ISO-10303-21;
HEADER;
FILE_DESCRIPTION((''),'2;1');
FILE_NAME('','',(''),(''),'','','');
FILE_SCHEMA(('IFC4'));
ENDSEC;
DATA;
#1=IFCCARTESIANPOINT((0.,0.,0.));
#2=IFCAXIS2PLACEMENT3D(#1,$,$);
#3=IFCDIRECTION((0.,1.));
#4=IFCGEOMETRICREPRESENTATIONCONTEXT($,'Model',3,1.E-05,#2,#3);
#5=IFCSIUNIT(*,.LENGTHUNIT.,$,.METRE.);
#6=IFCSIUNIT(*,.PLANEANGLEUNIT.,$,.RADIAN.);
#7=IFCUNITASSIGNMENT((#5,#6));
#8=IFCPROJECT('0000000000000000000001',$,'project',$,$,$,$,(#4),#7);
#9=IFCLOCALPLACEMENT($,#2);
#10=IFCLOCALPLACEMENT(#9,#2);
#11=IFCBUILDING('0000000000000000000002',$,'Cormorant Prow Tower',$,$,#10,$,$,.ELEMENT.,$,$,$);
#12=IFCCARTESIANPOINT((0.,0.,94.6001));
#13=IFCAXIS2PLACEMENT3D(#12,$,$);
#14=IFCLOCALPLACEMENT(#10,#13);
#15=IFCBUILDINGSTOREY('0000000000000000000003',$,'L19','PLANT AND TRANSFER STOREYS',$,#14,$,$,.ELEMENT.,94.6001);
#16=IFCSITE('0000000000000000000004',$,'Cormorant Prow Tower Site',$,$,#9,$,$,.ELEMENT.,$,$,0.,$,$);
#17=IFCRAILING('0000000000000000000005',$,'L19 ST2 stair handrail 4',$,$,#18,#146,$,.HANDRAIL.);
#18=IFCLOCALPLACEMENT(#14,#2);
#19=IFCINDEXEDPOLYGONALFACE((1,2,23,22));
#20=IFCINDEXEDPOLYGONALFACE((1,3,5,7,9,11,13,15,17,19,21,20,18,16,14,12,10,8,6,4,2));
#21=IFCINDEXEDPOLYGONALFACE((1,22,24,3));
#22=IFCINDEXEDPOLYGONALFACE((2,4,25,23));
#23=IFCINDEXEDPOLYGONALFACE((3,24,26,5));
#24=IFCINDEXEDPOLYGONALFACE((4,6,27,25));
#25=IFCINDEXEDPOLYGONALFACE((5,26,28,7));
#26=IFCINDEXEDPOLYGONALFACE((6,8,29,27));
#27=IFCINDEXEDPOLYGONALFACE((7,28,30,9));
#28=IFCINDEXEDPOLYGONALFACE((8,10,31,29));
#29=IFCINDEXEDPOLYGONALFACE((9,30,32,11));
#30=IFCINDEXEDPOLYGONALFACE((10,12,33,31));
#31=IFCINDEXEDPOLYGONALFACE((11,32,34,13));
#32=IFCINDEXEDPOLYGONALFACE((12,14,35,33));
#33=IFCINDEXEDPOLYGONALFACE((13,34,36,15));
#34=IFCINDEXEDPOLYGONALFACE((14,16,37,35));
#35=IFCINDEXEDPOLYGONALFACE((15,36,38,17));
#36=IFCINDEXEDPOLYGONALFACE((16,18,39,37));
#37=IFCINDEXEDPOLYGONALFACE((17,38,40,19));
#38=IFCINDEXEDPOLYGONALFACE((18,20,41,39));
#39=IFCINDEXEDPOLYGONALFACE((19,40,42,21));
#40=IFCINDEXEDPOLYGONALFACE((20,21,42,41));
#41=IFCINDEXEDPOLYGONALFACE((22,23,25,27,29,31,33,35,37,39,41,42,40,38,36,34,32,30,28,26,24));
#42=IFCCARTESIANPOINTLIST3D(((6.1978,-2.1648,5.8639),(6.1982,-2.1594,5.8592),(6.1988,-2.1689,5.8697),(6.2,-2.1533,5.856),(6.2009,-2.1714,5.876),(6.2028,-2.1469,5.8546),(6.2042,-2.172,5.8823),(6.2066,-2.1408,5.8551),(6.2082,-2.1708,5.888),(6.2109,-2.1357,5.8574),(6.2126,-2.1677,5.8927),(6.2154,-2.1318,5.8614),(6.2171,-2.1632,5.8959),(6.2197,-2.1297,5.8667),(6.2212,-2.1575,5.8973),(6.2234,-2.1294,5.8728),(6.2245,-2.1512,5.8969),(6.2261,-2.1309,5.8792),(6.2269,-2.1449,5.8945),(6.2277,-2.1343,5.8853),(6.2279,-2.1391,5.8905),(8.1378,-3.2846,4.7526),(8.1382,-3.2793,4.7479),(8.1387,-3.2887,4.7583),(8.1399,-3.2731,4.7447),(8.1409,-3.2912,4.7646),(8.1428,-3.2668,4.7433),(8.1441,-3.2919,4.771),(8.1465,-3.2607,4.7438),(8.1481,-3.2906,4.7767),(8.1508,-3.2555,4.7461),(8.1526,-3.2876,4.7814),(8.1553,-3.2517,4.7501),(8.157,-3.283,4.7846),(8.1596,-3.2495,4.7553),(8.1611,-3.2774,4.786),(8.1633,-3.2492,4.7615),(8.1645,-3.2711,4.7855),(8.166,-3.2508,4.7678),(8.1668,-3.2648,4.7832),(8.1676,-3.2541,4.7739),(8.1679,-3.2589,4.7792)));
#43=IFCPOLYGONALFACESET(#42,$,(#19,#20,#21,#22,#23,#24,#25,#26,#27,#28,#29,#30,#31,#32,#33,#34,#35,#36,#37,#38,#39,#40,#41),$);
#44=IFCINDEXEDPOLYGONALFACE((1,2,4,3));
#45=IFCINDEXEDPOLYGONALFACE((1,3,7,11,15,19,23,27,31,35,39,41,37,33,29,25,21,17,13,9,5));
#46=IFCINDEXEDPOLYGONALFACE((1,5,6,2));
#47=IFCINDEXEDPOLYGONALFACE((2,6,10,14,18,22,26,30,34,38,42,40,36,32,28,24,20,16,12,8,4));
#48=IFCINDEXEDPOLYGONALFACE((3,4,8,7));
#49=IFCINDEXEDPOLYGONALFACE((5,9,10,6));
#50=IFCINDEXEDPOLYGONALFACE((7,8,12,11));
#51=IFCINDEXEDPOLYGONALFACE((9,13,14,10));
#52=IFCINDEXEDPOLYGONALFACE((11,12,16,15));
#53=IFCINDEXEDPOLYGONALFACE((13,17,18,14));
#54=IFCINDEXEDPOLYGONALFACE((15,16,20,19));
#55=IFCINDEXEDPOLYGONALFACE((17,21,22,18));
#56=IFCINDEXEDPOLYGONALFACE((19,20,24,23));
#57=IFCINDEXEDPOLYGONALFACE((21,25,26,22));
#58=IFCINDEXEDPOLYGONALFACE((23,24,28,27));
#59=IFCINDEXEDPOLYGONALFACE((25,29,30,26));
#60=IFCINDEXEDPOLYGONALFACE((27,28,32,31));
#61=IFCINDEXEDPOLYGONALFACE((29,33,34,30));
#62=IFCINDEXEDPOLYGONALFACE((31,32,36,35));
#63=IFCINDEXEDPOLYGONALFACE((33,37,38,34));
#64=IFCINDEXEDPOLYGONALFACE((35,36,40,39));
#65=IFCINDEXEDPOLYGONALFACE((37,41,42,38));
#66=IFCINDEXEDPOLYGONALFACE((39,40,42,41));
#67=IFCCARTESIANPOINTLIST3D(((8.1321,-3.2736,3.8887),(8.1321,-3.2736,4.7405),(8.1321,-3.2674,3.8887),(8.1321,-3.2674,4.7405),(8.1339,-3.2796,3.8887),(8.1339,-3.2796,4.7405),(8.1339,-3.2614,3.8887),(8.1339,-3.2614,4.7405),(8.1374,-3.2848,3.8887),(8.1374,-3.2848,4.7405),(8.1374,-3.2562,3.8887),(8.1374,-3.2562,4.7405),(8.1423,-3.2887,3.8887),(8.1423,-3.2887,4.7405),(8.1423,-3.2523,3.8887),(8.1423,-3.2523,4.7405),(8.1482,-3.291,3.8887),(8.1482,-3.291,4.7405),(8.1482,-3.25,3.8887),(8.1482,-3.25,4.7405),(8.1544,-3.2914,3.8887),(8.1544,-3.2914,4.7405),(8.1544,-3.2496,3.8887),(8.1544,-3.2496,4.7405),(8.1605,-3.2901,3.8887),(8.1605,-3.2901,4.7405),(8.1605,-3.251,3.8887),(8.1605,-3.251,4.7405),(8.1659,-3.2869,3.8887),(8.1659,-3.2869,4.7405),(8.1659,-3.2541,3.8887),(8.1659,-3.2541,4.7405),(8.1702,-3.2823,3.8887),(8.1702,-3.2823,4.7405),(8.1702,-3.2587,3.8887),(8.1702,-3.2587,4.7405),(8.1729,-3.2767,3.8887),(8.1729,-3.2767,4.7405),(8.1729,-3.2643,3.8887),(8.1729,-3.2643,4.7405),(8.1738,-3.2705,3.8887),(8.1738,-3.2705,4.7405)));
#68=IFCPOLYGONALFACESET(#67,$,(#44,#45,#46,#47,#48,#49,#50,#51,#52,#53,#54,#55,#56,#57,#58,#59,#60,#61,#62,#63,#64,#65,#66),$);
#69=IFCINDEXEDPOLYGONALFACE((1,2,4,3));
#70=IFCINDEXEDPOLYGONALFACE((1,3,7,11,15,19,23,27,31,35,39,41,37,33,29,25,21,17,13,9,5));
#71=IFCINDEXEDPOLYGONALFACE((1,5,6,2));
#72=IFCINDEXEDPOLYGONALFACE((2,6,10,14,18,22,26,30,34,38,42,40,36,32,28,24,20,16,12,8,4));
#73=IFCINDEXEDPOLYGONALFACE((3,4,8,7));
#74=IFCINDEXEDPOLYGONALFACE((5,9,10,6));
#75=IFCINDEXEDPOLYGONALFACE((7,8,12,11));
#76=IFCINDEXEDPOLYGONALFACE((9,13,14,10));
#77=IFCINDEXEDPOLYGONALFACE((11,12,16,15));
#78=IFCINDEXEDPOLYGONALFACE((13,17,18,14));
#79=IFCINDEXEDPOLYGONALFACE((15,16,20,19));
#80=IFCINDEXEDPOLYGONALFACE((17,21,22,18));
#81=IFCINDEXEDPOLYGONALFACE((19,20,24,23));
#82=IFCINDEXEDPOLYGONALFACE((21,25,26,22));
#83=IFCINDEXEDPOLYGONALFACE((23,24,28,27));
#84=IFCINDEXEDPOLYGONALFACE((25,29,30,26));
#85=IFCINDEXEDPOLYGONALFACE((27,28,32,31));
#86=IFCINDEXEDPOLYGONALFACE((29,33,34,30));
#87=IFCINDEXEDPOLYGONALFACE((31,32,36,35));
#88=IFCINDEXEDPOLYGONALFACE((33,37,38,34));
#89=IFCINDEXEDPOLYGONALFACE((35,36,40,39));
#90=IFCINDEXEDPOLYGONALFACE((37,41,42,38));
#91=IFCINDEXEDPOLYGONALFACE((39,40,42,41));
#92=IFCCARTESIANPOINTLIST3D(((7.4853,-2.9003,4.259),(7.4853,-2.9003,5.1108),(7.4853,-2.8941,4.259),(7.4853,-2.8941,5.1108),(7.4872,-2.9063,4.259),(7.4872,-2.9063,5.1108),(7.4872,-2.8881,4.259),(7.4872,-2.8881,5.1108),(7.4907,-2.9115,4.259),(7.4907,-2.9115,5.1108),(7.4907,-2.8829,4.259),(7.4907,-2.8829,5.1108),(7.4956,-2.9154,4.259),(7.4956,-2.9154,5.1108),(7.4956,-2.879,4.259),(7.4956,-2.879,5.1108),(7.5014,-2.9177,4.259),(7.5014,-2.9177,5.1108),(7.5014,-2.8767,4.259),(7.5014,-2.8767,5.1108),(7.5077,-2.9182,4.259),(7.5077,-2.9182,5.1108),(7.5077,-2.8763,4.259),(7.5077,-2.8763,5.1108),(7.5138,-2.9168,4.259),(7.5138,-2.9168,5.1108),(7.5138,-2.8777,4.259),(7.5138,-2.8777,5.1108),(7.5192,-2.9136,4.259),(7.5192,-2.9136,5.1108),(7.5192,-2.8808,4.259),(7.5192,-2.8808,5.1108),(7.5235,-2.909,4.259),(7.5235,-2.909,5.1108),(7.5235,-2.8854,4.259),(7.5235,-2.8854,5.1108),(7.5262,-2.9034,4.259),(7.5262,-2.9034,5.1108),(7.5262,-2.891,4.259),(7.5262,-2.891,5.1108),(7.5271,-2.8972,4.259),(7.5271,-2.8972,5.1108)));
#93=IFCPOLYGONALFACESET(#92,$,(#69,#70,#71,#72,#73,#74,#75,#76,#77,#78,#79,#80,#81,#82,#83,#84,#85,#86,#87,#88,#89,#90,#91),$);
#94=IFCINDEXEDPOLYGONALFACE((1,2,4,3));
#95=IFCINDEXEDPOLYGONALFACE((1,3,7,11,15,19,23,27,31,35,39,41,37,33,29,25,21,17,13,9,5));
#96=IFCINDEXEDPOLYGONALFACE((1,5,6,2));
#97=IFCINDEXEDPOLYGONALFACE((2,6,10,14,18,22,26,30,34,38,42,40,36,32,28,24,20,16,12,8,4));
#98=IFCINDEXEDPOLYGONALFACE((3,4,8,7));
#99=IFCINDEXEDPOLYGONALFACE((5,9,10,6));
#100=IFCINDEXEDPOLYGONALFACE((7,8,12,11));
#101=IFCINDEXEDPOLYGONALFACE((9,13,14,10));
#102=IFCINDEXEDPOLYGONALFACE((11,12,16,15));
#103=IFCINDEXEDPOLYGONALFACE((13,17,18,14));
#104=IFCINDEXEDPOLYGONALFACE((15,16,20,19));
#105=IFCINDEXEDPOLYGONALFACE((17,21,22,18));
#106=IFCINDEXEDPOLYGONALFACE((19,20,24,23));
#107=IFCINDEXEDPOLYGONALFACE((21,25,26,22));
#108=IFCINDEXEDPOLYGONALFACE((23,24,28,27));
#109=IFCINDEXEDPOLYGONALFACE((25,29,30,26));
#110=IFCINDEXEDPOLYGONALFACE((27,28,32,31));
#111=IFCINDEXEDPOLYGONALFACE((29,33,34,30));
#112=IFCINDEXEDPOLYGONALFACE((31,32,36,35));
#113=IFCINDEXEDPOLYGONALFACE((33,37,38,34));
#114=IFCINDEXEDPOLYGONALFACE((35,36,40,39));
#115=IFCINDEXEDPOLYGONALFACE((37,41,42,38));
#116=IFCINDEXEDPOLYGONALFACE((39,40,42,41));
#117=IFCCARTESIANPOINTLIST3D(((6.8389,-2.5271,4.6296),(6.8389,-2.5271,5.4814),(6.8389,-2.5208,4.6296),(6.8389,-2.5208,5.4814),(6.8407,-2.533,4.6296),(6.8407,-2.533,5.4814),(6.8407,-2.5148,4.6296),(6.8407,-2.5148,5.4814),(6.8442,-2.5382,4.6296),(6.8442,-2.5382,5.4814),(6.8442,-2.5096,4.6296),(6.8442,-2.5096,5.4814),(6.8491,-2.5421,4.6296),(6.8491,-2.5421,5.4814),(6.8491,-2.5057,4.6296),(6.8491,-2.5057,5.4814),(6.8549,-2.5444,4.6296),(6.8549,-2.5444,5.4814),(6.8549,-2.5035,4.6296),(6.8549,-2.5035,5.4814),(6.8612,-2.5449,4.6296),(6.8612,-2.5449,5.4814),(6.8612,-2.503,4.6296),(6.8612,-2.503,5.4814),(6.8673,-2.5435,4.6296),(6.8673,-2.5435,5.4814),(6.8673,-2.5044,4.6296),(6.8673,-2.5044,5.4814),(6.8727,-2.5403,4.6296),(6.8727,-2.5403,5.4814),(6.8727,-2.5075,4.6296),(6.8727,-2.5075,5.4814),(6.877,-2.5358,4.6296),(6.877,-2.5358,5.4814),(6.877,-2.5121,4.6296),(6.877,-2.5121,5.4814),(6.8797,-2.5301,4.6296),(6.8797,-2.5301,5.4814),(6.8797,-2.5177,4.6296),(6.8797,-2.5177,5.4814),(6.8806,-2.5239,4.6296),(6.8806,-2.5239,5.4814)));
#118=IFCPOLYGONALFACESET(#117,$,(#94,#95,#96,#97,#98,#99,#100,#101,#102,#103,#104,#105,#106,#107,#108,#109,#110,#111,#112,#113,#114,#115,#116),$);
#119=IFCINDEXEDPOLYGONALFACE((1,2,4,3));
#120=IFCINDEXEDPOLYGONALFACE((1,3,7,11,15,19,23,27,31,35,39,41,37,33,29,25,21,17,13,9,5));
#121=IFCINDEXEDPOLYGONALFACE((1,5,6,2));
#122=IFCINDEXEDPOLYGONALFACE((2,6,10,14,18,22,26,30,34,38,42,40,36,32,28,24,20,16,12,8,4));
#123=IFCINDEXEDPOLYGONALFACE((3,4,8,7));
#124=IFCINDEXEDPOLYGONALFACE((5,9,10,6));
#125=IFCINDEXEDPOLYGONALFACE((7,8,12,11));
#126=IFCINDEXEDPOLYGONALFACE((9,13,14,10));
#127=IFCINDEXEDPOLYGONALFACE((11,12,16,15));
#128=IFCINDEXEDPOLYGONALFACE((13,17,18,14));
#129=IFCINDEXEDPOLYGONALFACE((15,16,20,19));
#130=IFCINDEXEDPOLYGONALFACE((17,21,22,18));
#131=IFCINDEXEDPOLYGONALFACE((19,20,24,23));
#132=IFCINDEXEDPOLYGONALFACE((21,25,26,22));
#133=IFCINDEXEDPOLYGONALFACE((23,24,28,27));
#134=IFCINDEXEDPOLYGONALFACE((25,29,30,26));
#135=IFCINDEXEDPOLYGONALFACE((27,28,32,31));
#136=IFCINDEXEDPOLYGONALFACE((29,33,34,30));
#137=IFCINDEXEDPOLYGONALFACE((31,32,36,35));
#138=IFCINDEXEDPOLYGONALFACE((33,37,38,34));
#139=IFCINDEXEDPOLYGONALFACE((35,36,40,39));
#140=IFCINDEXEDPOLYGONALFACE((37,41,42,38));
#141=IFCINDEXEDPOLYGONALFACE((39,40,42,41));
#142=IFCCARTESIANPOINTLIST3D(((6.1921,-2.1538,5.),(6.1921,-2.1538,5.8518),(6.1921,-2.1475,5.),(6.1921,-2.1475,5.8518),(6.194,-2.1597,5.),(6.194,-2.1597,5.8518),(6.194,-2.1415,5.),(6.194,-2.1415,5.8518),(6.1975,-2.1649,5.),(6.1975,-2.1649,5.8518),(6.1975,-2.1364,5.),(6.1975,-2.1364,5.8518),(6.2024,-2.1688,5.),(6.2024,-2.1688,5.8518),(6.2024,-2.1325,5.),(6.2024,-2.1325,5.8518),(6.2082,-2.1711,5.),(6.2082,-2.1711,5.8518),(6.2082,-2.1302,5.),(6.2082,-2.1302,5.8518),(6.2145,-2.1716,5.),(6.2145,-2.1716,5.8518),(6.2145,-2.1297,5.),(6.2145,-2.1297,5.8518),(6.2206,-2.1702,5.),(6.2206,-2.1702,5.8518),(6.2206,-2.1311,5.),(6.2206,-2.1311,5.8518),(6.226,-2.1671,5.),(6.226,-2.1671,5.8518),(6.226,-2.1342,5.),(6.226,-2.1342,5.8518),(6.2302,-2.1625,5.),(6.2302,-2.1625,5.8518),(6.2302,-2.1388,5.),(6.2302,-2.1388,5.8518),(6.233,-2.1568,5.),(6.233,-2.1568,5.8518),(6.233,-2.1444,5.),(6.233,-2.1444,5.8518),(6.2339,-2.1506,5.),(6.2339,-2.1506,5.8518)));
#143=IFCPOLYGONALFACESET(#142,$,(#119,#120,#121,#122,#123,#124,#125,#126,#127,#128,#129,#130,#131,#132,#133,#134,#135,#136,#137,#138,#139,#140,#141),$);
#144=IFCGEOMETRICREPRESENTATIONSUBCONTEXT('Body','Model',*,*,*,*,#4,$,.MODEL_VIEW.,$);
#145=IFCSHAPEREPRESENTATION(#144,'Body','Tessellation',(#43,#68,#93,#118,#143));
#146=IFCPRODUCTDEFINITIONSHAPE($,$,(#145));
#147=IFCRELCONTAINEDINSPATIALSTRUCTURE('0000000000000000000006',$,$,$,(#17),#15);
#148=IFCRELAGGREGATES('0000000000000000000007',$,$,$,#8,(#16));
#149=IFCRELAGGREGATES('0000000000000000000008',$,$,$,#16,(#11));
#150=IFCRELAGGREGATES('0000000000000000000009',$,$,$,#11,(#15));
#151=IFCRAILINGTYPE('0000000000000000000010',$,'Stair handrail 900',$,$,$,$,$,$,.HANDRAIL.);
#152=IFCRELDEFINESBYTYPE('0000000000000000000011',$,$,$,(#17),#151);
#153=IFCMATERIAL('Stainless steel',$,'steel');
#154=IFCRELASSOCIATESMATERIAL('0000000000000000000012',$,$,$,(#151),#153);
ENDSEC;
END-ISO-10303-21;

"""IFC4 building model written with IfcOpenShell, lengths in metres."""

from ifc_helpers import new_model, si_unit, direction, frame, origin, origin_2d, place, context, subcontext, project, spatial, circle, extrude, material, type_object, element, save


model = new_model("IFC4")

# Units and contexts
model_context = context("Model", 3, precision=1e-05, world=origin(), true_north=direction((0.0, 1.0)))
body_context = subcontext(model_context, "Body", "Model", "MODEL_VIEW")
ifc_project = project(units=[si_unit("LENGTHUNIT", "METRE"), si_unit("PLANEANGLEUNIT", "RADIAN")], contexts=[model_context])

# Site, building, storey
site_placement = place(None, origin())
site = spatial("IfcSite", under=ifc_project, at=site_placement, Name="Cormorant Prow Tower Site", CompositionType="ELEMENT", RefElevation=0.0)
building_placement = place(site_placement, origin())
building = spatial("IfcBuilding", under=site, at=building_placement, Name="Cormorant Prow Tower", CompositionType="ELEMENT")
storey_placement = place(building_placement, frame((0.0, 0.0, 94.6001)))
storey = spatial("IfcBuildingStorey", under=building, at=storey_placement, Name="L19", Description="PLANT AND TRANSFER STOREYS", CompositionType="ELEMENT", Elevation=94.6001)

# Railing
ifc_material_1 = material(Name="Stainless steel", Category="steel")
railing_type = type_object("IfcRailingType", Name="Stair handrail 900", PredefinedType="HANDRAIL", material=ifc_material_1)
for number, where, name in (
    (1, (8.1528, -3.2705, 3.8887), "L19 ST2 stair handrail 4"),
):
    element("IfcRailing", number, at=place(storey_placement, frame(where)), inside=storey, type_object=railing_type, Name=name, PredefinedType="HANDRAIL", context=body_context, shape_type="SweptSolid", body=[
        extrude(circle(Radius=0.0239, at=origin_2d()), frame((0.0, 0.0, 0.876), z_axis=(-0.775819, 0.447858, 0.444441), x_axis=(-0.499949, -0.866055, 0.0)), (0.0, 0.0, 1.0), 2.5005),
        extrude(circle(Radius=0.021, at=origin_2d()), origin(), (0.0, 0.0, 1.0), 0.8518),
        extrude(circle(Radius=0.021, at=origin_2d()), frame((-0.6467, 0.3733, 0.3704)), (0.0, 0.0, 1.0), 0.8518),
        extrude(circle(Radius=0.021, at=origin_2d()), frame((-1.2932, 0.7466, 0.741)), (0.0, 0.0, 1.0), 0.8518),
        extrude(circle(Radius=0.021, at=origin_2d()), frame((-1.9399, 1.1199, 1.1113)), (0.0, 0.0, 1.0), 0.8518),
    ])

save(model, "model.ifc")
